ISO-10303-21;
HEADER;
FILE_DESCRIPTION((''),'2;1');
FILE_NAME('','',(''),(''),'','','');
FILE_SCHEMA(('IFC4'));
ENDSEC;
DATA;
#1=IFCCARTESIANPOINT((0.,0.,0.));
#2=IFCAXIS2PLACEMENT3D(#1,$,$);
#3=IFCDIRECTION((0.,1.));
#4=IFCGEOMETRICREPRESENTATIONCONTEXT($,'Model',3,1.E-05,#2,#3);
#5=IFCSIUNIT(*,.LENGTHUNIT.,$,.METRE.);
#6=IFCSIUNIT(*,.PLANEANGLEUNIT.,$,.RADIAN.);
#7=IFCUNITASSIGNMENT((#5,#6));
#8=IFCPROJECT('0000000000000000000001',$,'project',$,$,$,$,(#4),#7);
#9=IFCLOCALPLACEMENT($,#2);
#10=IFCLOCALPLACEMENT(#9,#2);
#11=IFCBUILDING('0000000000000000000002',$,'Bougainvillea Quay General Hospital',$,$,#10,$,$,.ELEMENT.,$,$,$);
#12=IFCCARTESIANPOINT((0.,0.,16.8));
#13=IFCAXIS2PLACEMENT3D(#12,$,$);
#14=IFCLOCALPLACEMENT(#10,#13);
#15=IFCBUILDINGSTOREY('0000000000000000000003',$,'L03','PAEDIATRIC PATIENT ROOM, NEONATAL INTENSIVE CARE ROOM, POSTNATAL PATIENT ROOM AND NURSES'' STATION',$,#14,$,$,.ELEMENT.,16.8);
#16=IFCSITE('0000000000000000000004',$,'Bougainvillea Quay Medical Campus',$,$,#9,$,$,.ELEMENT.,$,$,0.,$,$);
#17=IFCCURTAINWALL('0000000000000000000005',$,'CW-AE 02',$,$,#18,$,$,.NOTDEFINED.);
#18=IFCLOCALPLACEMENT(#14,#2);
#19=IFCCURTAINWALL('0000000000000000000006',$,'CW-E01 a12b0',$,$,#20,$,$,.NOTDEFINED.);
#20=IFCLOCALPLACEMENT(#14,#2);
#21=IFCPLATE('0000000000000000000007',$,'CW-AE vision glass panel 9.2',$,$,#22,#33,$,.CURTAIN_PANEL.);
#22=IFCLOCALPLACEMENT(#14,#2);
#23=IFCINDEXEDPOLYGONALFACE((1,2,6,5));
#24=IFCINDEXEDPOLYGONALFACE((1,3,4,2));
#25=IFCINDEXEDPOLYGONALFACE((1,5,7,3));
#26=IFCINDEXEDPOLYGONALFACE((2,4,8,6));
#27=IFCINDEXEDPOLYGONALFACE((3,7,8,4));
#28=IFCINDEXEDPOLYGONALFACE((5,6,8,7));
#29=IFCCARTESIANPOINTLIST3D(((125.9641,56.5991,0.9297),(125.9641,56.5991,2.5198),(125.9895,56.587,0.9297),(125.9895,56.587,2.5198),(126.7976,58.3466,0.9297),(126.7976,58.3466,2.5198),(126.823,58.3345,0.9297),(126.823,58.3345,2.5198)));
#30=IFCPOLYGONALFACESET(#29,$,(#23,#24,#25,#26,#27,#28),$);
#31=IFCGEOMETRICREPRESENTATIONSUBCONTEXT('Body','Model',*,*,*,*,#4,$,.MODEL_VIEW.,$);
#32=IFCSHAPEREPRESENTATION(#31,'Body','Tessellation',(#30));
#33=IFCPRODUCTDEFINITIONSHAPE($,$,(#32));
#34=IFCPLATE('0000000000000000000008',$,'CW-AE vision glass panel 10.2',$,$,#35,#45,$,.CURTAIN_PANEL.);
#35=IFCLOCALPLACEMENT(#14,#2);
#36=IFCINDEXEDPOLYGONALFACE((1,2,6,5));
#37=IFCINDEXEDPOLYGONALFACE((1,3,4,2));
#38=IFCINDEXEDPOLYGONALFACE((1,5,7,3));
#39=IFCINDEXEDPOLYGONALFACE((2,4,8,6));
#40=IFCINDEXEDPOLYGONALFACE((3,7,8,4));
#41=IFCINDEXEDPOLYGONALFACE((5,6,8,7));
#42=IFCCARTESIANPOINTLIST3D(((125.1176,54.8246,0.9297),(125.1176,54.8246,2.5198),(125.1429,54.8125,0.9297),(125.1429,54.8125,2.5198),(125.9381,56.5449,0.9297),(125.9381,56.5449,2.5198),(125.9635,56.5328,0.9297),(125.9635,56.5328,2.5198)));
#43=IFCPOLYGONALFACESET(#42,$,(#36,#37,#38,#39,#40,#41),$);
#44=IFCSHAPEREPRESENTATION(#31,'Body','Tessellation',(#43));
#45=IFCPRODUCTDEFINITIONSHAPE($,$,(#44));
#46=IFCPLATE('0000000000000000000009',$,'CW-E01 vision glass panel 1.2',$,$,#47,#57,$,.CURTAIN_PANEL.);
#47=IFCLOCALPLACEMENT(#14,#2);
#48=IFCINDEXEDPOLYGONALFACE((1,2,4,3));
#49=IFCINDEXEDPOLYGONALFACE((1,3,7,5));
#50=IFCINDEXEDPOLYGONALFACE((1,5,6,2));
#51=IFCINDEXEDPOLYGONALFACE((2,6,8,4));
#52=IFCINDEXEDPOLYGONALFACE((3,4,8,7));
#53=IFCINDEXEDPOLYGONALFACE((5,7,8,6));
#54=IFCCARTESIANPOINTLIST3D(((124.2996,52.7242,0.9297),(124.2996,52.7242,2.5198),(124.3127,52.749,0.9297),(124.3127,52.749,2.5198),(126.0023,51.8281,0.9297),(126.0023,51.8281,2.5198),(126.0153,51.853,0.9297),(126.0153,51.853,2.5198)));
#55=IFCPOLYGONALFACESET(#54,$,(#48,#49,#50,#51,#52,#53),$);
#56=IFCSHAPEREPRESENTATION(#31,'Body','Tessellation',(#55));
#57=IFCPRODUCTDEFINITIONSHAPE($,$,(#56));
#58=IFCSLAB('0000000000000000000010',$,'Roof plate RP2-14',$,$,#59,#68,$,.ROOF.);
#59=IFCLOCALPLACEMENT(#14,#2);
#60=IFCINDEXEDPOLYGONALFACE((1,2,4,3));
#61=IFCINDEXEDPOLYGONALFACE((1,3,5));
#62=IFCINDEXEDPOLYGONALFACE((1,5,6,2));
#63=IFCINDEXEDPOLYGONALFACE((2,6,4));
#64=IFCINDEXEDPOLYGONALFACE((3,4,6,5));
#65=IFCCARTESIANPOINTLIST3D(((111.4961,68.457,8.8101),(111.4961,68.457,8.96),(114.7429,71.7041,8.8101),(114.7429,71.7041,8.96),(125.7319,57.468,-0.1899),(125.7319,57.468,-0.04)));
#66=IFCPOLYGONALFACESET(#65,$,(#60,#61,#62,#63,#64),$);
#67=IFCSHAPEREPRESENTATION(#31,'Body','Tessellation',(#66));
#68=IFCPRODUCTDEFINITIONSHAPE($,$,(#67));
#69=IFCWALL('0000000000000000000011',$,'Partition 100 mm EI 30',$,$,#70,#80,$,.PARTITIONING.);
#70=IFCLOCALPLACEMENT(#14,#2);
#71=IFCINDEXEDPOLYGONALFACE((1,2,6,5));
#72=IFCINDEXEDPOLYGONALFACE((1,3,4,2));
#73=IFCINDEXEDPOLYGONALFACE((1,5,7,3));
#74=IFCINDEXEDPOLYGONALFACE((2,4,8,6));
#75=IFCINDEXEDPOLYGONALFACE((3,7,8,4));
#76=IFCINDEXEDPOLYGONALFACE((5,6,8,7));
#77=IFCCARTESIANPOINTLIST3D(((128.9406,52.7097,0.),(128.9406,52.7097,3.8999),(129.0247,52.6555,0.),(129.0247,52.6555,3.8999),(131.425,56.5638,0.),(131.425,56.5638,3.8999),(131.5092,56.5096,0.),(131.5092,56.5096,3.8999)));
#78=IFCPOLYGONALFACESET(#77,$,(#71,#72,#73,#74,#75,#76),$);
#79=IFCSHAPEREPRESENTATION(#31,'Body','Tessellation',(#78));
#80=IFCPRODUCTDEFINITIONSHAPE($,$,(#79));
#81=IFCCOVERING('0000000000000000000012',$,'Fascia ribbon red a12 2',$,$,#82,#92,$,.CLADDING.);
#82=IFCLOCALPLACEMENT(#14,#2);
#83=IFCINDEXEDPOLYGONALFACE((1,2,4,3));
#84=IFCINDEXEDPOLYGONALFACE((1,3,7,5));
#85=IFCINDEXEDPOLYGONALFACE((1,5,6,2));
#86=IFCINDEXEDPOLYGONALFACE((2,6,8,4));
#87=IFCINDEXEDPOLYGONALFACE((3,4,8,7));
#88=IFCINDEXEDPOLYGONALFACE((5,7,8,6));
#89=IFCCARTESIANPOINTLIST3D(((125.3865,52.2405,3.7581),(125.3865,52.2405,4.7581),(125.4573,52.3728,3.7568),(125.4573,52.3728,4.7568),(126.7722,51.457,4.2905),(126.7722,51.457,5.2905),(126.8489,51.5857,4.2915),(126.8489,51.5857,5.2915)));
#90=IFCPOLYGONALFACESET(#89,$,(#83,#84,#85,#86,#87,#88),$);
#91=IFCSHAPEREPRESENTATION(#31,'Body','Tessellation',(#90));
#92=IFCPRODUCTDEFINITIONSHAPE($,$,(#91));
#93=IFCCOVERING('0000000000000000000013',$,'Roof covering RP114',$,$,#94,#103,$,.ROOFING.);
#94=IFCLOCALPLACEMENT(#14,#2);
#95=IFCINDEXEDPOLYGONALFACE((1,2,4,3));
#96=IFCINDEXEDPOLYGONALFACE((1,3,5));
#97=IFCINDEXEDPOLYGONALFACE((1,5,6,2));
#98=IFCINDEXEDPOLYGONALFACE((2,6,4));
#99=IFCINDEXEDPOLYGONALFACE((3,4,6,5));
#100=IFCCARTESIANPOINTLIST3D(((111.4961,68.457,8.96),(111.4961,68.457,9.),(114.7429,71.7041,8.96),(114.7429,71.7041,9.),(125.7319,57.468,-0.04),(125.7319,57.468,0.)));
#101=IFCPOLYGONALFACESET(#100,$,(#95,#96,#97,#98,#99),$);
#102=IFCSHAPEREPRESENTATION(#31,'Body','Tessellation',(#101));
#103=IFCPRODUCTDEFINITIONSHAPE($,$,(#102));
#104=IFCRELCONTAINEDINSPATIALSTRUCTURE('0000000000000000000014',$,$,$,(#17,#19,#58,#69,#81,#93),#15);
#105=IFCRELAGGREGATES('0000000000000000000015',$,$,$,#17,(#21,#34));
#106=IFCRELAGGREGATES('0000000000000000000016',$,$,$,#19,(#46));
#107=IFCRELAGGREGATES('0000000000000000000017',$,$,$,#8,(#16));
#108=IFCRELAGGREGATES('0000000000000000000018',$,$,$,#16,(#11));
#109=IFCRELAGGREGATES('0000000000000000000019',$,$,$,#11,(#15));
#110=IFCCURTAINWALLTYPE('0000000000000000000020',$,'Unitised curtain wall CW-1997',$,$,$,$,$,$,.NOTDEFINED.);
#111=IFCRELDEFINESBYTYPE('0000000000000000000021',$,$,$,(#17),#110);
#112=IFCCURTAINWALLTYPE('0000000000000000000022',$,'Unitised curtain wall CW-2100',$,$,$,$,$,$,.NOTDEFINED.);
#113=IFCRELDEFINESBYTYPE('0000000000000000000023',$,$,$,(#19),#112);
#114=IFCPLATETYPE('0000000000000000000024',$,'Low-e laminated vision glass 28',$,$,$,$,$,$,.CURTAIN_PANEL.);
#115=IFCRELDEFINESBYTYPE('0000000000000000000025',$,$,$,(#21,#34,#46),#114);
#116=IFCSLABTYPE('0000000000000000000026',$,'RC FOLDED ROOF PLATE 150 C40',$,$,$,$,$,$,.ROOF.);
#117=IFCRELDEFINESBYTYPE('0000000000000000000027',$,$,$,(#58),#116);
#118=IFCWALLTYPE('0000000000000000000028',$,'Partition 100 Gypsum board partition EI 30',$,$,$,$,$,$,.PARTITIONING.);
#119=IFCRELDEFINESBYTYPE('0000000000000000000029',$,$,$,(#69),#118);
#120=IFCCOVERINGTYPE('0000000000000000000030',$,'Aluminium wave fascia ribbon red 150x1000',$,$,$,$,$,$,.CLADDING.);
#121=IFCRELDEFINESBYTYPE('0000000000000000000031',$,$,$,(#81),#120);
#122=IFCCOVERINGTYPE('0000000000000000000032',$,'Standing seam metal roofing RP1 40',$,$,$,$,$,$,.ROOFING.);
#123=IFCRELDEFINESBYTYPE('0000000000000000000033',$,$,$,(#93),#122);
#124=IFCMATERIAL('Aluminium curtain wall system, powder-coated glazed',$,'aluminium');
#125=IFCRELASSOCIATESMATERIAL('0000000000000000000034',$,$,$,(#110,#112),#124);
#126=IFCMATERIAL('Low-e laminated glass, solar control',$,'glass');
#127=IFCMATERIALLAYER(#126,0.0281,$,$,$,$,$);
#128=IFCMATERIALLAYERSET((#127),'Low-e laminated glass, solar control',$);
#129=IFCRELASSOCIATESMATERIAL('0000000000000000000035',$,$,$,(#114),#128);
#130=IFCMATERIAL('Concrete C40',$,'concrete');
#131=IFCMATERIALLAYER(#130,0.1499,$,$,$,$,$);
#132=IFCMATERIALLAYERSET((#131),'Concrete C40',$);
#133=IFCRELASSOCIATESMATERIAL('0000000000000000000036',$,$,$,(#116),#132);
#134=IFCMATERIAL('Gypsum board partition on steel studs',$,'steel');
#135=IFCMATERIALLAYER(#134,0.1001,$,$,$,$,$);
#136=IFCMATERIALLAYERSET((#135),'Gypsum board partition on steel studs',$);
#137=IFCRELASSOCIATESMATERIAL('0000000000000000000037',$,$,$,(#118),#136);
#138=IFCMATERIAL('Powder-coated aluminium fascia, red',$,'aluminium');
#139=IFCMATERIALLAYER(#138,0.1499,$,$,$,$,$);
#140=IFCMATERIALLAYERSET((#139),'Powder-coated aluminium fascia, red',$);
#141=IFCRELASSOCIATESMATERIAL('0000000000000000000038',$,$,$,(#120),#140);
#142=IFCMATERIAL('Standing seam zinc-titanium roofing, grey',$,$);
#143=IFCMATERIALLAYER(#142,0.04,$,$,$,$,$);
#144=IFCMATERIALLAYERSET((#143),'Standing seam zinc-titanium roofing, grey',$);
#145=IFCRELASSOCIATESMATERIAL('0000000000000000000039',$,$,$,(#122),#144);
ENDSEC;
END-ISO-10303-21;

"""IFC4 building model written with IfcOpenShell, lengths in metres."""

from ifc_helpers import new_model, si_unit, direction, frame, frame_2d, origin, origin_2d, place, context, subcontext, project, spatial, polyline, rectangle, outline, extrude, material, layer, layer_set, type_object, element, aggregate, save


model = new_model("IFC4")

# Units and contexts
model_context = context("Model", 3, precision=1e-05, world=origin(), true_north=direction((0.0, 1.0)))
body_context = subcontext(model_context, "Body", "Model", "MODEL_VIEW")
ifc_project = project(units=[si_unit("LENGTHUNIT", "METRE"), si_unit("PLANEANGLEUNIT", "RADIAN")], contexts=[model_context])

# Site, building, storey
site_placement = place(None, origin())
site = spatial("IfcSite", under=ifc_project, at=site_placement, Name="Bougainvillea Quay Medical Campus", CompositionType="ELEMENT", RefElevation=0.0)
building_placement = place(site_placement, origin())
building = spatial("IfcBuilding", under=site, at=building_placement, Name="Bougainvillea Quay General Hospital", CompositionType="ELEMENT")
storey_placement = place(building_placement, frame((0.0, 0.0, 16.8)))
storey = spatial("IfcBuildingStorey", under=building, at=storey_placement, Name="L03", Description="PAEDIATRIC PATIENT ROOM, NEONATAL INTENSIVE CARE ROOM, POSTNATAL PATIENT ROOM AND NURSES' STATION", CompositionType="ELEMENT", Elevation=16.8)

# Shared definitions
ifc_material_1 = material(Name="Concrete C40", Category="concrete")

# Curtain walls
ifc_material_2 = material(Name="Aluminium curtain wall system, powder-coated glazed", Category="aluminium")
curtain_wall_type_1 = type_object("IfcCurtainWallType", Name="Unitised curtain wall CW-1997", PredefinedType="NOTDEFINED", material=ifc_material_2)
curtain_wall_1_placement = place(storey_placement, origin())
curtain_wall_1 = element("IfcCurtainWall", 1, at=curtain_wall_1_placement, inside=storey, type_object=curtain_wall_type_1, Name="CW-AE 02", PredefinedType="NOTDEFINED")
curtain_wall_type_2 = type_object("IfcCurtainWallType", Name="Unitised curtain wall CW-2100", PredefinedType="NOTDEFINED", material=ifc_material_2)
curtain_wall_2_placement = place(storey_placement, origin())
curtain_wall_2 = element("IfcCurtainWall", 2, at=curtain_wall_2_placement, inside=storey, type_object=curtain_wall_type_2, Name="CW-E01 a12b0", PredefinedType="NOTDEFINED")

# Plates
ifc_material_3 = material(Name="Low-e laminated glass, solar control", Category="glass")
ifc_layer_1 = layer(ifc_material_3, 0.0281)
ifc_layer_set_1 = layer_set([ifc_layer_1], Name="Low-e laminated glass, solar control")
plate_type_1 = type_object("IfcPlateType", Name="Low-e laminated vision glass 28", PredefinedType="CURTAIN_PANEL", material=ifc_layer_set_1)
plate_1_placement = place(storey_placement, frame((126.3936, 57.4668, 0.9297), z_axis=(0.0, 0.0, 1.0), x_axis=(-0.430525, -0.902578, 0.0)))
plate_1 = element("IfcPlate", 3, at=plate_1_placement, type_object=plate_type_1, Name="CW-AE vision glass panel 9.2", PredefinedType="CURTAIN_PANEL", context=body_context, shape_type="SweptSolid", body=[
    extrude(rectangle(XDim=1.936, YDim=0.0281, at=origin_2d()), origin(), (0.0, 0.0, 1.0), 1.5901),
])
plate_2_placement = place(storey_placement, frame((125.5405, 55.6787, 0.9297), z_axis=(0.0, 0.0, 1.0), x_axis=(-0.430525, -0.902578, 0.0)))
plate_2 = element("IfcPlate", 4, at=plate_2_placement, type_object=plate_type_1, Name="CW-AE vision glass panel 10.2", PredefinedType="CURTAIN_PANEL", context=body_context, shape_type="SweptSolid", body=[
    extrude(rectangle(XDim=1.906, YDim=0.0281, at=origin_2d()), origin(), (0.0, 0.0, 1.0), 1.5901),
])
aggregate(curtain_wall_1, [plate_1, plate_2])
plate_3_placement = place(storey_placement, frame((125.1575, 52.2886, 0.9297), z_axis=(0.0, 0.0, 1.0), x_axis=(0.884929, -0.465726, 0.0)))
plate_3 = element("IfcPlate", 5, at=plate_3_placement, type_object=plate_type_1, Name="CW-E01 vision glass panel 1.2", PredefinedType="CURTAIN_PANEL", context=body_context, shape_type="SweptSolid", body=[
    extrude(rectangle(XDim=1.9241, YDim=0.0281, at=origin_2d()), origin(), (0.0, 0.0, 1.0), 1.5901),
])
aggregate(curtain_wall_2, [plate_3])

# Slab
ifc_layer_2 = layer(ifc_material_1, 0.1499)
ifc_layer_set_2 = layer_set([ifc_layer_2], Name="Concrete C40")
slab_type = type_object("IfcSlabType", Name="RC FOLDED ROOF PLATE 150 C40", PredefinedType="ROOF", material=ifc_layer_set_2)
slab_placement = place(storey_placement, frame((125.7319, 57.468, -0.04), z_axis=(0.318549, -0.318525, 0.892787), x_axis=(-0.707894, 0.546442, 0.447536)))
element("IfcSlab", 6, at=slab_placement, inside=storey, type_object=slab_type, Name="Roof plate RP2-14", PredefinedType="ROOF", context=body_context, shape_type="SweptSolid", body=[
    extrude(outline(polyline([(0.0, 0.0), (20.1101, 0.0), (19.5861, -4.5619), (0.0, 0.0)])), origin(), (-0.447536, 0.051413, -0.892787), 0.1499),
])

# Wall
ifc_material_4 = material(Name="Gypsum board partition on steel studs", Category="steel")
ifc_layer_3 = layer(ifc_material_4, 0.1001)
ifc_layer_set_3 = layer_set([ifc_layer_3], Name="Gypsum board partition on steel studs")
wall_type = type_object("IfcWallType", Name="Partition 100 Gypsum board partition EI 30", PredefinedType="PARTITIONING", material=ifc_layer_set_3)
wall_placement = place(storey_placement, frame((128.9827, 52.6826, 0.0), z_axis=(0.0, 0.0, 1.0), x_axis=(0.541807, 0.840503, 0.0)))
element("IfcWall", 7, at=wall_placement, inside=storey, type_object=wall_type, Name="Partition 100 mm EI 30", PredefinedType="PARTITIONING", context=body_context, shape_type="SweptSolid", body=[
    extrude(rectangle(XDim=4.5854, YDim=0.1001, at=frame_2d((2.2927, 0.0))), origin(), (0.0, 0.0, 1.0), 3.8999),
])

# Coverings
ifc_material_5 = material(Name="Powder-coated aluminium fascia, red", Category="aluminium")
ifc_layer_4 = layer(ifc_material_5, 0.1499)
ifc_layer_set_4 = layer_set([ifc_layer_4], Name="Powder-coated aluminium fascia, red")
covering_type_1 = type_object("IfcCoveringType", Name="Aluminium wave fascia ribbon red 150x1000", PredefinedType="CLADDING", material=ifc_layer_set_4)
covering_1_placement = place(storey_placement, frame((125.3865, 52.2405, 3.7581), z_axis=(-0.275775, 0.156704, 0.948363), x_axis=(0.825558, -0.46674, 0.317187)))
element("IfcCovering", 8, at=covering_1_placement, inside=storey, type_object=covering_type_1, Name="Fascia ribbon red a12 2", PredefinedType="CLADDING", context=body_context, shape_type="SweptSolid", body=[
    extrude(outline(polyline([(0.0, 0.0), (1.6786, 0.0), (1.6821, 0.1497), (-0.0037, 0.15), (0.0, 0.0)])), origin(), (0.317187, -0.000653, 0.948363), 1.0),
])
ifc_material_6 = material(Name="Standing seam zinc-titanium roofing, grey")
ifc_layer_5 = layer(ifc_material_6, 0.04)
ifc_layer_set_5 = layer_set([ifc_layer_5], Name="Standing seam zinc-titanium roofing, grey")
covering_type_2 = type_object("IfcCoveringType", Name="Standing seam metal roofing RP1 40", PredefinedType="ROOFING", material=ifc_layer_set_5)
covering_2_placement = place(storey_placement, frame((125.7319, 57.468, 0.0), z_axis=(0.318549, -0.318525, 0.892787), x_axis=(-0.707894, 0.546442, 0.447536)))
element("IfcCovering", 9, at=covering_2_placement, inside=storey, type_object=covering_type_2, Name="Roof covering RP114", PredefinedType="ROOFING", context=body_context, shape_type="SweptSolid", body=[
    extrude(outline(polyline([(0.0, 0.0), (20.1101, 0.0), (19.5861, -4.5619), (0.0, 0.0)])), origin(), (-0.447536, 0.051413, -0.892787), 0.04),
])

save(model, "model.ifc")
